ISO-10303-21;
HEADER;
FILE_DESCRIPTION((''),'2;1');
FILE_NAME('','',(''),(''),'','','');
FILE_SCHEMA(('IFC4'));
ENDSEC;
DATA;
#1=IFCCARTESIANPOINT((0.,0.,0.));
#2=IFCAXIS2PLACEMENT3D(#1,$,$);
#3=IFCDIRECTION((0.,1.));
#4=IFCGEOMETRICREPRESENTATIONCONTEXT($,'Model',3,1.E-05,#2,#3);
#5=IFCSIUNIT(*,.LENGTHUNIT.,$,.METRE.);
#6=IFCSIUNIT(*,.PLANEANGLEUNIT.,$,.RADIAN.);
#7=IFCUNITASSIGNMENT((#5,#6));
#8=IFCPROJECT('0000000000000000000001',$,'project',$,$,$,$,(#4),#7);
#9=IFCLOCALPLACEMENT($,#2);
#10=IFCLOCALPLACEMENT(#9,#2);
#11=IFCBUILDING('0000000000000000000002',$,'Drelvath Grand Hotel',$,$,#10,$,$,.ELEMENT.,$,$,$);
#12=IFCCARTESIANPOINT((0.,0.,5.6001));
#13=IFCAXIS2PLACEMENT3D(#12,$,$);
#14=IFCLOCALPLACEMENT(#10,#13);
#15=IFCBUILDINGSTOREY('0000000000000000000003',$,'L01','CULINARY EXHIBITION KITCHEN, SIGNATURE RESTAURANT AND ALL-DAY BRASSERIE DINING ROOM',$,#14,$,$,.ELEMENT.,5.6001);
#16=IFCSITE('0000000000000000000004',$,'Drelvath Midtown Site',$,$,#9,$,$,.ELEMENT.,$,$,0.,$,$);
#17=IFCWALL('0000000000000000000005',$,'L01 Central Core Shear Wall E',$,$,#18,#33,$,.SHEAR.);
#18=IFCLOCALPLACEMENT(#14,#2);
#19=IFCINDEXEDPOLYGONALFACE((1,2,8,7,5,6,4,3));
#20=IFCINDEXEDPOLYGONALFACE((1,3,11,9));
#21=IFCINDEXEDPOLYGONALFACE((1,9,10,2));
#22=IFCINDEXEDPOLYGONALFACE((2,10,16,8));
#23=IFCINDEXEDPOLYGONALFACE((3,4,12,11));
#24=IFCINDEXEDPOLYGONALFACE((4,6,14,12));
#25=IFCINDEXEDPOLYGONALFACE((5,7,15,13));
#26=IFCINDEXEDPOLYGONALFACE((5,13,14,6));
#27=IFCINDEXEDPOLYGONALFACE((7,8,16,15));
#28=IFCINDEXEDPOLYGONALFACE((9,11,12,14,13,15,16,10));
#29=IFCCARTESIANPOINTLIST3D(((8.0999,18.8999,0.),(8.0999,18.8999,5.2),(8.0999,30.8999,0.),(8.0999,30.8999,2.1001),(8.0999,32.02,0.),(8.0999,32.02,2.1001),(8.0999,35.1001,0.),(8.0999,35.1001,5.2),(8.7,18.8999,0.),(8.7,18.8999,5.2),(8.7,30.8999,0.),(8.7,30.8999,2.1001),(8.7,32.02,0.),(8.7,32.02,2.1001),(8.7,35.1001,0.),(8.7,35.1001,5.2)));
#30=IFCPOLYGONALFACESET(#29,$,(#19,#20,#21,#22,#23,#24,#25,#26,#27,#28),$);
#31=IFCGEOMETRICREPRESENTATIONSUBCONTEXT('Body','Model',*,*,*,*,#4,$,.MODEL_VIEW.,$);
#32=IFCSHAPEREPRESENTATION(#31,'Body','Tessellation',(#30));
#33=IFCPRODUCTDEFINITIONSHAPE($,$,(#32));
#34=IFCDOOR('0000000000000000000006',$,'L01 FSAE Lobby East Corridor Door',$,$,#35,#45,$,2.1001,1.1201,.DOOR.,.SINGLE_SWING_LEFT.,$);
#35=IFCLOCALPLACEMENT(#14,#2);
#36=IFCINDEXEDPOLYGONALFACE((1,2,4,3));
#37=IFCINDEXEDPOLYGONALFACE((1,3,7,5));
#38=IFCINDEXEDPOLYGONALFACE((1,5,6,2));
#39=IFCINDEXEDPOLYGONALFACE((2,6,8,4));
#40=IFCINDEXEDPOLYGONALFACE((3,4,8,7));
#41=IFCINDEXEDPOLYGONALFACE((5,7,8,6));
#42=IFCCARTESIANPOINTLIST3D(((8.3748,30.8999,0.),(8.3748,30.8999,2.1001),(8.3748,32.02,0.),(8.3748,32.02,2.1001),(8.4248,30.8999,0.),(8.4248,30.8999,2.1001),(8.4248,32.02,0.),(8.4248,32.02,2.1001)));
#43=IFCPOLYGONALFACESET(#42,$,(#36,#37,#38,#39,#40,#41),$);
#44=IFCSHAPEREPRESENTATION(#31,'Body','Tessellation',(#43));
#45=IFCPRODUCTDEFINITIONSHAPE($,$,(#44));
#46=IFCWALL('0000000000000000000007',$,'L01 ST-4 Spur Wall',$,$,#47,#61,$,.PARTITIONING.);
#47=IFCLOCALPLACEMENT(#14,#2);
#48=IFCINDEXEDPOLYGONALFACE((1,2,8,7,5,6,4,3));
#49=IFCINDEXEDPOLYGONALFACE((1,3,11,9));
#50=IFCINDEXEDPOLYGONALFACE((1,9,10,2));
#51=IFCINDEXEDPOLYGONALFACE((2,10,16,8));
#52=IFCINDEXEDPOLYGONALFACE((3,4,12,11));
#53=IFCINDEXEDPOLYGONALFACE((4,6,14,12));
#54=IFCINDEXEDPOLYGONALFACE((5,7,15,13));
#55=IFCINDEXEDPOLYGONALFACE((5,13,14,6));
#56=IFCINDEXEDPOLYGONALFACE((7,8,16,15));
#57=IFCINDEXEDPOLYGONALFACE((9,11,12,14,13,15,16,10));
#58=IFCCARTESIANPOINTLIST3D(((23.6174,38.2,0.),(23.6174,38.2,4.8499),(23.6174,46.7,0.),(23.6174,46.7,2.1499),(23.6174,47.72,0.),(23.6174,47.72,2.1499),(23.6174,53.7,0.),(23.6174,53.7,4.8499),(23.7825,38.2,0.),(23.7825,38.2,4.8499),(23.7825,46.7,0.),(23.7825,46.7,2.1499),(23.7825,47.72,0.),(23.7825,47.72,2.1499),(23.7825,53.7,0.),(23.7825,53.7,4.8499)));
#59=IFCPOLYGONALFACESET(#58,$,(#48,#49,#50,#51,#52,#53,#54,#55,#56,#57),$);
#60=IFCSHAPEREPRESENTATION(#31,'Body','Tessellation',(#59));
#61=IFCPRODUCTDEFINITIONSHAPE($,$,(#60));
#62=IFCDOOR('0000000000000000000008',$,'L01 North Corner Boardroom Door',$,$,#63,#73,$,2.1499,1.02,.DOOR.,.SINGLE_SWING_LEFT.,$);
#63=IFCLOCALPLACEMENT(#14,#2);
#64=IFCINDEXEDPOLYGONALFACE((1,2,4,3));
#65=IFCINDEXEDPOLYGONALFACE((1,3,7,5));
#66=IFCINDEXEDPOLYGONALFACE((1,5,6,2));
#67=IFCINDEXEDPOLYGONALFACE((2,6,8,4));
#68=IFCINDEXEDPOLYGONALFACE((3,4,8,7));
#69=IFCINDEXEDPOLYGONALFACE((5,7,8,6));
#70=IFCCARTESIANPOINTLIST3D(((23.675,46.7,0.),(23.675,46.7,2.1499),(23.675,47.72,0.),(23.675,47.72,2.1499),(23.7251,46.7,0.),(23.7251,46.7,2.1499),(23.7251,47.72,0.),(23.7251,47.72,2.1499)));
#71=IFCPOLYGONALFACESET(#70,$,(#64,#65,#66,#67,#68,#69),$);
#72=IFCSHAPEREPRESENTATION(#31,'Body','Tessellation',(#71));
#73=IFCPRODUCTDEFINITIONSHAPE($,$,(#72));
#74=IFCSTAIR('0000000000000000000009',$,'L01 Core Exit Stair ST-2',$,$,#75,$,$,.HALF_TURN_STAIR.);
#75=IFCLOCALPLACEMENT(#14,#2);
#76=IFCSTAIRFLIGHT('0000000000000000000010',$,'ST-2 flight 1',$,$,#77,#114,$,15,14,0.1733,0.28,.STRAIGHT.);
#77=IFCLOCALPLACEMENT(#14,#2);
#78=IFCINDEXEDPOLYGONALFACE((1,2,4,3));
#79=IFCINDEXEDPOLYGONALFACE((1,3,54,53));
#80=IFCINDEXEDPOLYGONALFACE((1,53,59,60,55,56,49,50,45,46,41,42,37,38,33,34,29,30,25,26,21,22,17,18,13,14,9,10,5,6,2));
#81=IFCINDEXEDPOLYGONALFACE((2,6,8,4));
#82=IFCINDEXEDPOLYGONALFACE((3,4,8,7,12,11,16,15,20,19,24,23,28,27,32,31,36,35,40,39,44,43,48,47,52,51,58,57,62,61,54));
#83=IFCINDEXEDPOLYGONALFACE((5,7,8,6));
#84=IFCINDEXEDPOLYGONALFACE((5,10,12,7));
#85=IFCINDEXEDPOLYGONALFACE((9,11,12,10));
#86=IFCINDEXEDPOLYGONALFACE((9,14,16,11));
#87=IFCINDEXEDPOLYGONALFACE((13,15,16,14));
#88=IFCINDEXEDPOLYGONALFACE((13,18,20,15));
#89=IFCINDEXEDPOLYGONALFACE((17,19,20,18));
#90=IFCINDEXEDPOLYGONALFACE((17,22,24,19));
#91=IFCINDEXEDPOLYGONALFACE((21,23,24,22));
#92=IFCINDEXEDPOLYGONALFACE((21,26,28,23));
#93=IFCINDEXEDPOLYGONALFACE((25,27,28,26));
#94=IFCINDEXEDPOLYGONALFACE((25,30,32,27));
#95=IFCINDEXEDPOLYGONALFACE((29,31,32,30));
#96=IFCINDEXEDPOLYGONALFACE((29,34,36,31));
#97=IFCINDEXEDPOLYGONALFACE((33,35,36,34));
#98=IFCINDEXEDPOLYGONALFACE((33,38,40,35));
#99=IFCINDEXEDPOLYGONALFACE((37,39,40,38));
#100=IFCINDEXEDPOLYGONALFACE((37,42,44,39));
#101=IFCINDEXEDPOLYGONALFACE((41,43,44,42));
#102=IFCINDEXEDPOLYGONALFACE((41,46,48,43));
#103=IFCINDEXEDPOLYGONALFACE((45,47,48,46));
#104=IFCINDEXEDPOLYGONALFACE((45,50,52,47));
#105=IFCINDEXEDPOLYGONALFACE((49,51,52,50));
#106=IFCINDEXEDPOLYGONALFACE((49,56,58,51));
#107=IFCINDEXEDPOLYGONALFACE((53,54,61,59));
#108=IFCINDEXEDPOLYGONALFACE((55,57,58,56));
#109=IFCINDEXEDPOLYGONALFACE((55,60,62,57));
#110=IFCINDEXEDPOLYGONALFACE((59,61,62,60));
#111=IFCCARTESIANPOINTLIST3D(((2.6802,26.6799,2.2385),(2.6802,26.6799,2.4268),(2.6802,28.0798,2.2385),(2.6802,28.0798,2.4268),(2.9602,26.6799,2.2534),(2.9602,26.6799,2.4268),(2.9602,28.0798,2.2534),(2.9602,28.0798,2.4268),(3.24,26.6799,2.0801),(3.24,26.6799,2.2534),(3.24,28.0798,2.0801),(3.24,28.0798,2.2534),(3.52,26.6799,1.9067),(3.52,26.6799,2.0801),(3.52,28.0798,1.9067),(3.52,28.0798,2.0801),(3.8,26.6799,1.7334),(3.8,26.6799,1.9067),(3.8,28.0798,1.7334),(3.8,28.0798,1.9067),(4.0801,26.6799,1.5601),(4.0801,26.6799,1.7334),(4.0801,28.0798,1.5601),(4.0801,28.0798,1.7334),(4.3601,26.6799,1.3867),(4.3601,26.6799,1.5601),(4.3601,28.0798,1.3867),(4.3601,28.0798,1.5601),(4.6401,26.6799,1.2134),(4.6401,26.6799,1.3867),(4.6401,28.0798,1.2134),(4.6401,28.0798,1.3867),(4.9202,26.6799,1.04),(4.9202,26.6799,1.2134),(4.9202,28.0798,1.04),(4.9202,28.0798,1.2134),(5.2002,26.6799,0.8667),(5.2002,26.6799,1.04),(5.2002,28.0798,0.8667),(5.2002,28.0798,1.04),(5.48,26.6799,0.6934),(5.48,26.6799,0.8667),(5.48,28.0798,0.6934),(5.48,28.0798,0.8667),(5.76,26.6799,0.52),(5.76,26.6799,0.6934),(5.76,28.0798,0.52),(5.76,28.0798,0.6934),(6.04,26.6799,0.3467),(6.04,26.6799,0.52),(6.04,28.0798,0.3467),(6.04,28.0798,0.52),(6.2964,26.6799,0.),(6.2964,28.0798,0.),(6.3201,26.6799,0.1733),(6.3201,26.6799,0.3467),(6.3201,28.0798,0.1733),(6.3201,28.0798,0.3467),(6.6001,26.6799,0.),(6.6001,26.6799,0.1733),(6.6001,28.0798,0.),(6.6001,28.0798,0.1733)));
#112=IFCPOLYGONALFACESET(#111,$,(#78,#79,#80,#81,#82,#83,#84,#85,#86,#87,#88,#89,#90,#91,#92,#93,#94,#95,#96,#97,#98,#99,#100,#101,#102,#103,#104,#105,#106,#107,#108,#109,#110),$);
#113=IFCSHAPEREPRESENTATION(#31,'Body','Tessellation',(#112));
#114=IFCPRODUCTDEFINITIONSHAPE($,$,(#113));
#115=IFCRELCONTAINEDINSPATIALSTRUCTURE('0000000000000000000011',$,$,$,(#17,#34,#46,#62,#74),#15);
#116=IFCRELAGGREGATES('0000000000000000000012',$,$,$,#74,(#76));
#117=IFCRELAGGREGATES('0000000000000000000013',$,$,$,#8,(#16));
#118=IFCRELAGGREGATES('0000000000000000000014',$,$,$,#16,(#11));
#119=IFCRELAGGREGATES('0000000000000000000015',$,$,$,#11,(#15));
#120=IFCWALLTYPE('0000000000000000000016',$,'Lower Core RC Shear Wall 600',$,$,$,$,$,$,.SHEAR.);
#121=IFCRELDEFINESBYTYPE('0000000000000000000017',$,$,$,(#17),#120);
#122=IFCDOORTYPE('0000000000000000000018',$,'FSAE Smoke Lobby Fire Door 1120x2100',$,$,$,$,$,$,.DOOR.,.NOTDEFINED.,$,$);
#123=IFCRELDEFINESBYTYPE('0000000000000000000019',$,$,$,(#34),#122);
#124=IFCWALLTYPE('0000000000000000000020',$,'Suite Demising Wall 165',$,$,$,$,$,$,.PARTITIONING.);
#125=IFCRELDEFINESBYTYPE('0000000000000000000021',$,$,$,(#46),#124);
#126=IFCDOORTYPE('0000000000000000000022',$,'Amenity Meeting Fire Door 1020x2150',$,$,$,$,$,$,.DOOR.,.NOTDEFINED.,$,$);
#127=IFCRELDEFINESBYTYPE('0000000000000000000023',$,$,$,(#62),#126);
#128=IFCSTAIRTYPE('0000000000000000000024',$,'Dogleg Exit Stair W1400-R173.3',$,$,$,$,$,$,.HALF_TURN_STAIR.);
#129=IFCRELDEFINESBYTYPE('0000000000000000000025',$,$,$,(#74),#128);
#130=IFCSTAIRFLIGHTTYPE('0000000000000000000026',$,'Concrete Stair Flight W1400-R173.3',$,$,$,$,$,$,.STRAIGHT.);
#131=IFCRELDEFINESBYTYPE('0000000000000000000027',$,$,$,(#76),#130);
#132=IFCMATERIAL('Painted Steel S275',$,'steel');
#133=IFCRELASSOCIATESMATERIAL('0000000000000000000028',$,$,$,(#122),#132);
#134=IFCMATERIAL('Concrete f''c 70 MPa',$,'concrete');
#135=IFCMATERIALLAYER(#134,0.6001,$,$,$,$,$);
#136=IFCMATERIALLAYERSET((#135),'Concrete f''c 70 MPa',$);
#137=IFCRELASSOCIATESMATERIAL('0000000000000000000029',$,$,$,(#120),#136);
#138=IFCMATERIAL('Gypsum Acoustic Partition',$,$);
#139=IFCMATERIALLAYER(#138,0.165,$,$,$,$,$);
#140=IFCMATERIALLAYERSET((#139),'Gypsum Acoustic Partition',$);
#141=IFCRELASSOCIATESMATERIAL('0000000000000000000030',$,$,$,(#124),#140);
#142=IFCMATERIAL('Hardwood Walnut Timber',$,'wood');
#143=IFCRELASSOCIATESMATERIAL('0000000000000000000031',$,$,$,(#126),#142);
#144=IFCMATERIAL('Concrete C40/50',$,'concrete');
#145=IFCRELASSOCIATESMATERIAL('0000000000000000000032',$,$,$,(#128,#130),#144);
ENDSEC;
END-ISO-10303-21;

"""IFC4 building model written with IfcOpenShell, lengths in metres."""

from ifc_helpers import new_model, si_unit, direction, frame, frame_2d, origin, place, context, subcontext, project, spatial, polyline, rectangle, outline, extrude, material, layer, layer_set, type_object, element, fill, aggregate, save


model = new_model("IFC4")

# Units and contexts
model_context = context("Model", 3, precision=1e-05, world=origin(), true_north=direction((0.0, 1.0)))
body_context = subcontext(model_context, "Body", "Model", "MODEL_VIEW")
ifc_project = project(units=[si_unit("LENGTHUNIT", "METRE"), si_unit("PLANEANGLEUNIT", "RADIAN")], contexts=[model_context])

# Site, building, storey
site_placement = place(None, origin())
site = spatial("IfcSite", under=ifc_project, at=site_placement, Name="Drelvath Midtown Site", CompositionType="ELEMENT", RefElevation=0.0)
building_placement = place(site_placement, origin())
building = spatial("IfcBuilding", under=site, at=building_placement, Name="Drelvath Grand Hotel", CompositionType="ELEMENT")
storey_placement = place(building_placement, frame((0.0, 0.0, 5.6001)))
storey = spatial("IfcBuildingStorey", under=building, at=storey_placement, Name="L01", Description="CULINARY EXHIBITION KITCHEN, SIGNATURE RESTAURANT AND ALL-DAY BRASSERIE DINING ROOM", CompositionType="ELEMENT", Elevation=5.6001)

# Shared definitions
ifc_material_1 = material(Name="Concrete f'c 70 MPa", Category="concrete")

# Shared definitions
ifc_material_2 = material(Name="Concrete C40/50", Category="concrete")

# Shared definitions
ifc_material_3 = material(Name="Painted Steel S275", Category="steel")

# Walls, openings, doors
door_type_1 = type_object("IfcDoorType", Name="FSAE Smoke Lobby Fire Door 1120x2100", OperationType="NOTDEFINED", PredefinedType="DOOR", material=ifc_material_3)
ifc_layer_1 = layer(ifc_material_1, 0.6001)
ifc_layer_set_1 = layer_set([ifc_layer_1], Name="Concrete f'c 70 MPa")
wall_type_1 = type_object("IfcWallType", Name="Lower Core RC Shear Wall 600", PredefinedType="SHEAR", material=ifc_layer_set_1)
wall_1_placement = place(storey_placement, frame((8.3999, 35.1001, 0.0), z_axis=(0.0, 0.0, 1.0), x_axis=(0.0, -1.0, 0.0)))
wall_1 = element("IfcWall", 1, at=wall_1_placement, inside=storey, type_object=wall_type_1, Name="L01 Central Core Shear Wall E", PredefinedType="SHEAR", context=body_context, shape_type="SweptSolid", body=[
    extrude(rectangle(XDim=16.2002, YDim=0.6001, at=frame_2d((8.1001, 0.0))), origin(), (0.0, 0.0, 1.0), 5.2),
])
opening_1_placement = place(wall_1_placement, frame((3.0801, 0.0, 0.0)))
opening_1 = element("IfcOpeningElement", 2, at=opening_1_placement, cuts=wall_1, PredefinedType="OPENING", context=body_context, shape_type="SweptSolid", body=[
    extrude(rectangle(XDim=1.1201, YDim=2.1001, at=frame_2d((0.5601, 1.05))), frame((0.0, 0.3101, 0.0), z_axis=(0.0, -1.0, 0.0), x_axis=(1.0, 0.0, 0.0)), (0.0, 0.0, 1.0), 0.6201),
])
door_1_placement = place(opening_1_placement, origin())
door_1 = element("IfcDoor", 3, at=door_1_placement, inside=storey, type_object=door_type_1, Name="L01 FSAE Lobby East Corridor Door", OperationType="SINGLE_SWING_LEFT", OverallHeight=2.1001, OverallWidth=1.1201, PredefinedType="DOOR", context=body_context, shape_type="SweptSolid", body=[
    extrude(rectangle(XDim=1.1201, YDim=2.1001, at=frame_2d((0.5601, 1.05))), frame((0.0, 0.0249, 0.0), z_axis=(0.0, -1.0, 0.0), x_axis=(1.0, 0.0, 0.0)), (0.0, 0.0, 1.0), 0.05),
])
fill(opening_1, door_1)
ifc_material_4 = material(Name="Gypsum Acoustic Partition")
ifc_layer_2 = layer(ifc_material_4, 0.165)
ifc_layer_set_2 = layer_set([ifc_layer_2], Name="Gypsum Acoustic Partition")
wall_type_2 = type_object("IfcWallType", Name="Suite Demising Wall 165", PredefinedType="PARTITIONING", material=ifc_layer_set_2)
wall_2_placement = place(storey_placement, frame((23.7, 38.2, 0.0), z_axis=(0.0, 0.0, 1.0), x_axis=(0.0, 1.0, 0.0)))
wall_2 = element("IfcWall", 4, at=wall_2_placement, inside=storey, type_object=wall_type_2, Name="L01 ST-4 Spur Wall", PredefinedType="PARTITIONING", context=body_context, shape_type="SweptSolid", body=[
    extrude(rectangle(XDim=15.5, YDim=0.165, at=frame_2d((7.75, 0.0))), origin(), (0.0, 0.0, 1.0), 4.8499),
])
opening_2_placement = place(wall_2_placement, frame((8.5, 0.0, 0.0)))
opening_2 = element("IfcOpeningElement", 5, at=opening_2_placement, cuts=wall_2, PredefinedType="OPENING", context=body_context, shape_type="SweptSolid", body=[
    extrude(rectangle(XDim=1.02, YDim=2.1499, at=frame_2d((0.51, 1.075))), frame((0.0, 0.0925, 0.0), z_axis=(0.0, -1.0, 0.0), x_axis=(1.0, 0.0, 0.0)), (0.0, 0.0, 1.0), 0.1851),
])
ifc_material_5 = material(Name="Hardwood Walnut Timber", Category="wood")
door_type_2 = type_object("IfcDoorType", Name="Amenity Meeting Fire Door 1020x2150", OperationType="NOTDEFINED", PredefinedType="DOOR", material=ifc_material_5)
door_2_placement = place(opening_2_placement, origin())
door_2 = element("IfcDoor", 6, at=door_2_placement, inside=storey, type_object=door_type_2, Name="L01 North Corner Boardroom Door", OperationType="SINGLE_SWING_LEFT", OverallHeight=2.1499, OverallWidth=1.02, PredefinedType="DOOR", context=body_context, shape_type="SweptSolid", body=[
    extrude(rectangle(XDim=1.02, YDim=2.1499, at=frame_2d((0.51, 1.075))), frame((0.0, 0.0249, 0.0), z_axis=(0.0, -1.0, 0.0), x_axis=(1.0, 0.0, 0.0)), (0.0, 0.0, 1.0), 0.05),
])
fill(opening_2, door_2)

# Stair, stair flight
stair_type = type_object("IfcStairType", Name="Dogleg Exit Stair W1400-R173.3", PredefinedType="HALF_TURN_STAIR", material=ifc_material_2)
stair_placement = place(storey_placement, origin())
stair = element("IfcStair", 7, at=stair_placement, inside=storey, type_object=stair_type, Name="L01 Core Exit Stair ST-2", PredefinedType="HALF_TURN_STAIR")
stair_flight_type = type_object("IfcStairFlightType", Name="Concrete Stair Flight W1400-R173.3", PredefinedType="STRAIGHT", material=ifc_material_2)
stair_flight_placement = place(storey_placement, frame((6.6001, 27.3799, 0.0), z_axis=(0.0, 0.0, 1.0), x_axis=(-1.0, 0.0, 0.0)))
stair_flight = element("IfcStairFlight", 8, at=stair_flight_placement, type_object=stair_flight_type, Name="ST-2 flight 1", NumberOfRisers=15, NumberOfTreads=14, PredefinedType="STRAIGHT", RiserHeight=0.1733, TreadLength=0.28, context=body_context, shape_type="SweptSolid", body=[
    extrude(outline(polyline([(0.0, 0.0), (0.0, 0.1733), (0.28, 0.1733), (0.28, 0.3467), (0.5601, 0.3467), (0.5601, 0.52), (0.8401, 0.52), (0.8401, 0.6934), (1.1201, 0.6934), (1.1201, 0.8667), (1.3999, 0.8667), (1.3999, 1.04), (1.6799, 1.04), (1.6799, 1.2134), (1.96, 1.2134), (1.96, 1.3867), (2.24, 1.3867), (2.24, 1.5601), (2.52, 1.5601), (2.52, 1.7334), (2.8, 1.7334), (2.8, 1.9067), (3.0801, 1.9067), (3.0801, 2.0801), (3.3601, 2.0801), (3.3601, 2.2534), (3.6399, 2.2534), (3.6399, 2.4268), (3.9199, 2.4268), (3.9199, 2.6001), (3.9199, 2.2385), (0.3037, 0.0), (0.0, 0.0)])), frame((0.0, 0.7, 0.0), z_axis=(0.0, -1.0, 0.0), x_axis=(1.0, 0.0, 0.0)), (0.0, 0.0, 1.0), 1.3999),
])
aggregate(stair, [stair_flight])

save(model, "model.ifc")
